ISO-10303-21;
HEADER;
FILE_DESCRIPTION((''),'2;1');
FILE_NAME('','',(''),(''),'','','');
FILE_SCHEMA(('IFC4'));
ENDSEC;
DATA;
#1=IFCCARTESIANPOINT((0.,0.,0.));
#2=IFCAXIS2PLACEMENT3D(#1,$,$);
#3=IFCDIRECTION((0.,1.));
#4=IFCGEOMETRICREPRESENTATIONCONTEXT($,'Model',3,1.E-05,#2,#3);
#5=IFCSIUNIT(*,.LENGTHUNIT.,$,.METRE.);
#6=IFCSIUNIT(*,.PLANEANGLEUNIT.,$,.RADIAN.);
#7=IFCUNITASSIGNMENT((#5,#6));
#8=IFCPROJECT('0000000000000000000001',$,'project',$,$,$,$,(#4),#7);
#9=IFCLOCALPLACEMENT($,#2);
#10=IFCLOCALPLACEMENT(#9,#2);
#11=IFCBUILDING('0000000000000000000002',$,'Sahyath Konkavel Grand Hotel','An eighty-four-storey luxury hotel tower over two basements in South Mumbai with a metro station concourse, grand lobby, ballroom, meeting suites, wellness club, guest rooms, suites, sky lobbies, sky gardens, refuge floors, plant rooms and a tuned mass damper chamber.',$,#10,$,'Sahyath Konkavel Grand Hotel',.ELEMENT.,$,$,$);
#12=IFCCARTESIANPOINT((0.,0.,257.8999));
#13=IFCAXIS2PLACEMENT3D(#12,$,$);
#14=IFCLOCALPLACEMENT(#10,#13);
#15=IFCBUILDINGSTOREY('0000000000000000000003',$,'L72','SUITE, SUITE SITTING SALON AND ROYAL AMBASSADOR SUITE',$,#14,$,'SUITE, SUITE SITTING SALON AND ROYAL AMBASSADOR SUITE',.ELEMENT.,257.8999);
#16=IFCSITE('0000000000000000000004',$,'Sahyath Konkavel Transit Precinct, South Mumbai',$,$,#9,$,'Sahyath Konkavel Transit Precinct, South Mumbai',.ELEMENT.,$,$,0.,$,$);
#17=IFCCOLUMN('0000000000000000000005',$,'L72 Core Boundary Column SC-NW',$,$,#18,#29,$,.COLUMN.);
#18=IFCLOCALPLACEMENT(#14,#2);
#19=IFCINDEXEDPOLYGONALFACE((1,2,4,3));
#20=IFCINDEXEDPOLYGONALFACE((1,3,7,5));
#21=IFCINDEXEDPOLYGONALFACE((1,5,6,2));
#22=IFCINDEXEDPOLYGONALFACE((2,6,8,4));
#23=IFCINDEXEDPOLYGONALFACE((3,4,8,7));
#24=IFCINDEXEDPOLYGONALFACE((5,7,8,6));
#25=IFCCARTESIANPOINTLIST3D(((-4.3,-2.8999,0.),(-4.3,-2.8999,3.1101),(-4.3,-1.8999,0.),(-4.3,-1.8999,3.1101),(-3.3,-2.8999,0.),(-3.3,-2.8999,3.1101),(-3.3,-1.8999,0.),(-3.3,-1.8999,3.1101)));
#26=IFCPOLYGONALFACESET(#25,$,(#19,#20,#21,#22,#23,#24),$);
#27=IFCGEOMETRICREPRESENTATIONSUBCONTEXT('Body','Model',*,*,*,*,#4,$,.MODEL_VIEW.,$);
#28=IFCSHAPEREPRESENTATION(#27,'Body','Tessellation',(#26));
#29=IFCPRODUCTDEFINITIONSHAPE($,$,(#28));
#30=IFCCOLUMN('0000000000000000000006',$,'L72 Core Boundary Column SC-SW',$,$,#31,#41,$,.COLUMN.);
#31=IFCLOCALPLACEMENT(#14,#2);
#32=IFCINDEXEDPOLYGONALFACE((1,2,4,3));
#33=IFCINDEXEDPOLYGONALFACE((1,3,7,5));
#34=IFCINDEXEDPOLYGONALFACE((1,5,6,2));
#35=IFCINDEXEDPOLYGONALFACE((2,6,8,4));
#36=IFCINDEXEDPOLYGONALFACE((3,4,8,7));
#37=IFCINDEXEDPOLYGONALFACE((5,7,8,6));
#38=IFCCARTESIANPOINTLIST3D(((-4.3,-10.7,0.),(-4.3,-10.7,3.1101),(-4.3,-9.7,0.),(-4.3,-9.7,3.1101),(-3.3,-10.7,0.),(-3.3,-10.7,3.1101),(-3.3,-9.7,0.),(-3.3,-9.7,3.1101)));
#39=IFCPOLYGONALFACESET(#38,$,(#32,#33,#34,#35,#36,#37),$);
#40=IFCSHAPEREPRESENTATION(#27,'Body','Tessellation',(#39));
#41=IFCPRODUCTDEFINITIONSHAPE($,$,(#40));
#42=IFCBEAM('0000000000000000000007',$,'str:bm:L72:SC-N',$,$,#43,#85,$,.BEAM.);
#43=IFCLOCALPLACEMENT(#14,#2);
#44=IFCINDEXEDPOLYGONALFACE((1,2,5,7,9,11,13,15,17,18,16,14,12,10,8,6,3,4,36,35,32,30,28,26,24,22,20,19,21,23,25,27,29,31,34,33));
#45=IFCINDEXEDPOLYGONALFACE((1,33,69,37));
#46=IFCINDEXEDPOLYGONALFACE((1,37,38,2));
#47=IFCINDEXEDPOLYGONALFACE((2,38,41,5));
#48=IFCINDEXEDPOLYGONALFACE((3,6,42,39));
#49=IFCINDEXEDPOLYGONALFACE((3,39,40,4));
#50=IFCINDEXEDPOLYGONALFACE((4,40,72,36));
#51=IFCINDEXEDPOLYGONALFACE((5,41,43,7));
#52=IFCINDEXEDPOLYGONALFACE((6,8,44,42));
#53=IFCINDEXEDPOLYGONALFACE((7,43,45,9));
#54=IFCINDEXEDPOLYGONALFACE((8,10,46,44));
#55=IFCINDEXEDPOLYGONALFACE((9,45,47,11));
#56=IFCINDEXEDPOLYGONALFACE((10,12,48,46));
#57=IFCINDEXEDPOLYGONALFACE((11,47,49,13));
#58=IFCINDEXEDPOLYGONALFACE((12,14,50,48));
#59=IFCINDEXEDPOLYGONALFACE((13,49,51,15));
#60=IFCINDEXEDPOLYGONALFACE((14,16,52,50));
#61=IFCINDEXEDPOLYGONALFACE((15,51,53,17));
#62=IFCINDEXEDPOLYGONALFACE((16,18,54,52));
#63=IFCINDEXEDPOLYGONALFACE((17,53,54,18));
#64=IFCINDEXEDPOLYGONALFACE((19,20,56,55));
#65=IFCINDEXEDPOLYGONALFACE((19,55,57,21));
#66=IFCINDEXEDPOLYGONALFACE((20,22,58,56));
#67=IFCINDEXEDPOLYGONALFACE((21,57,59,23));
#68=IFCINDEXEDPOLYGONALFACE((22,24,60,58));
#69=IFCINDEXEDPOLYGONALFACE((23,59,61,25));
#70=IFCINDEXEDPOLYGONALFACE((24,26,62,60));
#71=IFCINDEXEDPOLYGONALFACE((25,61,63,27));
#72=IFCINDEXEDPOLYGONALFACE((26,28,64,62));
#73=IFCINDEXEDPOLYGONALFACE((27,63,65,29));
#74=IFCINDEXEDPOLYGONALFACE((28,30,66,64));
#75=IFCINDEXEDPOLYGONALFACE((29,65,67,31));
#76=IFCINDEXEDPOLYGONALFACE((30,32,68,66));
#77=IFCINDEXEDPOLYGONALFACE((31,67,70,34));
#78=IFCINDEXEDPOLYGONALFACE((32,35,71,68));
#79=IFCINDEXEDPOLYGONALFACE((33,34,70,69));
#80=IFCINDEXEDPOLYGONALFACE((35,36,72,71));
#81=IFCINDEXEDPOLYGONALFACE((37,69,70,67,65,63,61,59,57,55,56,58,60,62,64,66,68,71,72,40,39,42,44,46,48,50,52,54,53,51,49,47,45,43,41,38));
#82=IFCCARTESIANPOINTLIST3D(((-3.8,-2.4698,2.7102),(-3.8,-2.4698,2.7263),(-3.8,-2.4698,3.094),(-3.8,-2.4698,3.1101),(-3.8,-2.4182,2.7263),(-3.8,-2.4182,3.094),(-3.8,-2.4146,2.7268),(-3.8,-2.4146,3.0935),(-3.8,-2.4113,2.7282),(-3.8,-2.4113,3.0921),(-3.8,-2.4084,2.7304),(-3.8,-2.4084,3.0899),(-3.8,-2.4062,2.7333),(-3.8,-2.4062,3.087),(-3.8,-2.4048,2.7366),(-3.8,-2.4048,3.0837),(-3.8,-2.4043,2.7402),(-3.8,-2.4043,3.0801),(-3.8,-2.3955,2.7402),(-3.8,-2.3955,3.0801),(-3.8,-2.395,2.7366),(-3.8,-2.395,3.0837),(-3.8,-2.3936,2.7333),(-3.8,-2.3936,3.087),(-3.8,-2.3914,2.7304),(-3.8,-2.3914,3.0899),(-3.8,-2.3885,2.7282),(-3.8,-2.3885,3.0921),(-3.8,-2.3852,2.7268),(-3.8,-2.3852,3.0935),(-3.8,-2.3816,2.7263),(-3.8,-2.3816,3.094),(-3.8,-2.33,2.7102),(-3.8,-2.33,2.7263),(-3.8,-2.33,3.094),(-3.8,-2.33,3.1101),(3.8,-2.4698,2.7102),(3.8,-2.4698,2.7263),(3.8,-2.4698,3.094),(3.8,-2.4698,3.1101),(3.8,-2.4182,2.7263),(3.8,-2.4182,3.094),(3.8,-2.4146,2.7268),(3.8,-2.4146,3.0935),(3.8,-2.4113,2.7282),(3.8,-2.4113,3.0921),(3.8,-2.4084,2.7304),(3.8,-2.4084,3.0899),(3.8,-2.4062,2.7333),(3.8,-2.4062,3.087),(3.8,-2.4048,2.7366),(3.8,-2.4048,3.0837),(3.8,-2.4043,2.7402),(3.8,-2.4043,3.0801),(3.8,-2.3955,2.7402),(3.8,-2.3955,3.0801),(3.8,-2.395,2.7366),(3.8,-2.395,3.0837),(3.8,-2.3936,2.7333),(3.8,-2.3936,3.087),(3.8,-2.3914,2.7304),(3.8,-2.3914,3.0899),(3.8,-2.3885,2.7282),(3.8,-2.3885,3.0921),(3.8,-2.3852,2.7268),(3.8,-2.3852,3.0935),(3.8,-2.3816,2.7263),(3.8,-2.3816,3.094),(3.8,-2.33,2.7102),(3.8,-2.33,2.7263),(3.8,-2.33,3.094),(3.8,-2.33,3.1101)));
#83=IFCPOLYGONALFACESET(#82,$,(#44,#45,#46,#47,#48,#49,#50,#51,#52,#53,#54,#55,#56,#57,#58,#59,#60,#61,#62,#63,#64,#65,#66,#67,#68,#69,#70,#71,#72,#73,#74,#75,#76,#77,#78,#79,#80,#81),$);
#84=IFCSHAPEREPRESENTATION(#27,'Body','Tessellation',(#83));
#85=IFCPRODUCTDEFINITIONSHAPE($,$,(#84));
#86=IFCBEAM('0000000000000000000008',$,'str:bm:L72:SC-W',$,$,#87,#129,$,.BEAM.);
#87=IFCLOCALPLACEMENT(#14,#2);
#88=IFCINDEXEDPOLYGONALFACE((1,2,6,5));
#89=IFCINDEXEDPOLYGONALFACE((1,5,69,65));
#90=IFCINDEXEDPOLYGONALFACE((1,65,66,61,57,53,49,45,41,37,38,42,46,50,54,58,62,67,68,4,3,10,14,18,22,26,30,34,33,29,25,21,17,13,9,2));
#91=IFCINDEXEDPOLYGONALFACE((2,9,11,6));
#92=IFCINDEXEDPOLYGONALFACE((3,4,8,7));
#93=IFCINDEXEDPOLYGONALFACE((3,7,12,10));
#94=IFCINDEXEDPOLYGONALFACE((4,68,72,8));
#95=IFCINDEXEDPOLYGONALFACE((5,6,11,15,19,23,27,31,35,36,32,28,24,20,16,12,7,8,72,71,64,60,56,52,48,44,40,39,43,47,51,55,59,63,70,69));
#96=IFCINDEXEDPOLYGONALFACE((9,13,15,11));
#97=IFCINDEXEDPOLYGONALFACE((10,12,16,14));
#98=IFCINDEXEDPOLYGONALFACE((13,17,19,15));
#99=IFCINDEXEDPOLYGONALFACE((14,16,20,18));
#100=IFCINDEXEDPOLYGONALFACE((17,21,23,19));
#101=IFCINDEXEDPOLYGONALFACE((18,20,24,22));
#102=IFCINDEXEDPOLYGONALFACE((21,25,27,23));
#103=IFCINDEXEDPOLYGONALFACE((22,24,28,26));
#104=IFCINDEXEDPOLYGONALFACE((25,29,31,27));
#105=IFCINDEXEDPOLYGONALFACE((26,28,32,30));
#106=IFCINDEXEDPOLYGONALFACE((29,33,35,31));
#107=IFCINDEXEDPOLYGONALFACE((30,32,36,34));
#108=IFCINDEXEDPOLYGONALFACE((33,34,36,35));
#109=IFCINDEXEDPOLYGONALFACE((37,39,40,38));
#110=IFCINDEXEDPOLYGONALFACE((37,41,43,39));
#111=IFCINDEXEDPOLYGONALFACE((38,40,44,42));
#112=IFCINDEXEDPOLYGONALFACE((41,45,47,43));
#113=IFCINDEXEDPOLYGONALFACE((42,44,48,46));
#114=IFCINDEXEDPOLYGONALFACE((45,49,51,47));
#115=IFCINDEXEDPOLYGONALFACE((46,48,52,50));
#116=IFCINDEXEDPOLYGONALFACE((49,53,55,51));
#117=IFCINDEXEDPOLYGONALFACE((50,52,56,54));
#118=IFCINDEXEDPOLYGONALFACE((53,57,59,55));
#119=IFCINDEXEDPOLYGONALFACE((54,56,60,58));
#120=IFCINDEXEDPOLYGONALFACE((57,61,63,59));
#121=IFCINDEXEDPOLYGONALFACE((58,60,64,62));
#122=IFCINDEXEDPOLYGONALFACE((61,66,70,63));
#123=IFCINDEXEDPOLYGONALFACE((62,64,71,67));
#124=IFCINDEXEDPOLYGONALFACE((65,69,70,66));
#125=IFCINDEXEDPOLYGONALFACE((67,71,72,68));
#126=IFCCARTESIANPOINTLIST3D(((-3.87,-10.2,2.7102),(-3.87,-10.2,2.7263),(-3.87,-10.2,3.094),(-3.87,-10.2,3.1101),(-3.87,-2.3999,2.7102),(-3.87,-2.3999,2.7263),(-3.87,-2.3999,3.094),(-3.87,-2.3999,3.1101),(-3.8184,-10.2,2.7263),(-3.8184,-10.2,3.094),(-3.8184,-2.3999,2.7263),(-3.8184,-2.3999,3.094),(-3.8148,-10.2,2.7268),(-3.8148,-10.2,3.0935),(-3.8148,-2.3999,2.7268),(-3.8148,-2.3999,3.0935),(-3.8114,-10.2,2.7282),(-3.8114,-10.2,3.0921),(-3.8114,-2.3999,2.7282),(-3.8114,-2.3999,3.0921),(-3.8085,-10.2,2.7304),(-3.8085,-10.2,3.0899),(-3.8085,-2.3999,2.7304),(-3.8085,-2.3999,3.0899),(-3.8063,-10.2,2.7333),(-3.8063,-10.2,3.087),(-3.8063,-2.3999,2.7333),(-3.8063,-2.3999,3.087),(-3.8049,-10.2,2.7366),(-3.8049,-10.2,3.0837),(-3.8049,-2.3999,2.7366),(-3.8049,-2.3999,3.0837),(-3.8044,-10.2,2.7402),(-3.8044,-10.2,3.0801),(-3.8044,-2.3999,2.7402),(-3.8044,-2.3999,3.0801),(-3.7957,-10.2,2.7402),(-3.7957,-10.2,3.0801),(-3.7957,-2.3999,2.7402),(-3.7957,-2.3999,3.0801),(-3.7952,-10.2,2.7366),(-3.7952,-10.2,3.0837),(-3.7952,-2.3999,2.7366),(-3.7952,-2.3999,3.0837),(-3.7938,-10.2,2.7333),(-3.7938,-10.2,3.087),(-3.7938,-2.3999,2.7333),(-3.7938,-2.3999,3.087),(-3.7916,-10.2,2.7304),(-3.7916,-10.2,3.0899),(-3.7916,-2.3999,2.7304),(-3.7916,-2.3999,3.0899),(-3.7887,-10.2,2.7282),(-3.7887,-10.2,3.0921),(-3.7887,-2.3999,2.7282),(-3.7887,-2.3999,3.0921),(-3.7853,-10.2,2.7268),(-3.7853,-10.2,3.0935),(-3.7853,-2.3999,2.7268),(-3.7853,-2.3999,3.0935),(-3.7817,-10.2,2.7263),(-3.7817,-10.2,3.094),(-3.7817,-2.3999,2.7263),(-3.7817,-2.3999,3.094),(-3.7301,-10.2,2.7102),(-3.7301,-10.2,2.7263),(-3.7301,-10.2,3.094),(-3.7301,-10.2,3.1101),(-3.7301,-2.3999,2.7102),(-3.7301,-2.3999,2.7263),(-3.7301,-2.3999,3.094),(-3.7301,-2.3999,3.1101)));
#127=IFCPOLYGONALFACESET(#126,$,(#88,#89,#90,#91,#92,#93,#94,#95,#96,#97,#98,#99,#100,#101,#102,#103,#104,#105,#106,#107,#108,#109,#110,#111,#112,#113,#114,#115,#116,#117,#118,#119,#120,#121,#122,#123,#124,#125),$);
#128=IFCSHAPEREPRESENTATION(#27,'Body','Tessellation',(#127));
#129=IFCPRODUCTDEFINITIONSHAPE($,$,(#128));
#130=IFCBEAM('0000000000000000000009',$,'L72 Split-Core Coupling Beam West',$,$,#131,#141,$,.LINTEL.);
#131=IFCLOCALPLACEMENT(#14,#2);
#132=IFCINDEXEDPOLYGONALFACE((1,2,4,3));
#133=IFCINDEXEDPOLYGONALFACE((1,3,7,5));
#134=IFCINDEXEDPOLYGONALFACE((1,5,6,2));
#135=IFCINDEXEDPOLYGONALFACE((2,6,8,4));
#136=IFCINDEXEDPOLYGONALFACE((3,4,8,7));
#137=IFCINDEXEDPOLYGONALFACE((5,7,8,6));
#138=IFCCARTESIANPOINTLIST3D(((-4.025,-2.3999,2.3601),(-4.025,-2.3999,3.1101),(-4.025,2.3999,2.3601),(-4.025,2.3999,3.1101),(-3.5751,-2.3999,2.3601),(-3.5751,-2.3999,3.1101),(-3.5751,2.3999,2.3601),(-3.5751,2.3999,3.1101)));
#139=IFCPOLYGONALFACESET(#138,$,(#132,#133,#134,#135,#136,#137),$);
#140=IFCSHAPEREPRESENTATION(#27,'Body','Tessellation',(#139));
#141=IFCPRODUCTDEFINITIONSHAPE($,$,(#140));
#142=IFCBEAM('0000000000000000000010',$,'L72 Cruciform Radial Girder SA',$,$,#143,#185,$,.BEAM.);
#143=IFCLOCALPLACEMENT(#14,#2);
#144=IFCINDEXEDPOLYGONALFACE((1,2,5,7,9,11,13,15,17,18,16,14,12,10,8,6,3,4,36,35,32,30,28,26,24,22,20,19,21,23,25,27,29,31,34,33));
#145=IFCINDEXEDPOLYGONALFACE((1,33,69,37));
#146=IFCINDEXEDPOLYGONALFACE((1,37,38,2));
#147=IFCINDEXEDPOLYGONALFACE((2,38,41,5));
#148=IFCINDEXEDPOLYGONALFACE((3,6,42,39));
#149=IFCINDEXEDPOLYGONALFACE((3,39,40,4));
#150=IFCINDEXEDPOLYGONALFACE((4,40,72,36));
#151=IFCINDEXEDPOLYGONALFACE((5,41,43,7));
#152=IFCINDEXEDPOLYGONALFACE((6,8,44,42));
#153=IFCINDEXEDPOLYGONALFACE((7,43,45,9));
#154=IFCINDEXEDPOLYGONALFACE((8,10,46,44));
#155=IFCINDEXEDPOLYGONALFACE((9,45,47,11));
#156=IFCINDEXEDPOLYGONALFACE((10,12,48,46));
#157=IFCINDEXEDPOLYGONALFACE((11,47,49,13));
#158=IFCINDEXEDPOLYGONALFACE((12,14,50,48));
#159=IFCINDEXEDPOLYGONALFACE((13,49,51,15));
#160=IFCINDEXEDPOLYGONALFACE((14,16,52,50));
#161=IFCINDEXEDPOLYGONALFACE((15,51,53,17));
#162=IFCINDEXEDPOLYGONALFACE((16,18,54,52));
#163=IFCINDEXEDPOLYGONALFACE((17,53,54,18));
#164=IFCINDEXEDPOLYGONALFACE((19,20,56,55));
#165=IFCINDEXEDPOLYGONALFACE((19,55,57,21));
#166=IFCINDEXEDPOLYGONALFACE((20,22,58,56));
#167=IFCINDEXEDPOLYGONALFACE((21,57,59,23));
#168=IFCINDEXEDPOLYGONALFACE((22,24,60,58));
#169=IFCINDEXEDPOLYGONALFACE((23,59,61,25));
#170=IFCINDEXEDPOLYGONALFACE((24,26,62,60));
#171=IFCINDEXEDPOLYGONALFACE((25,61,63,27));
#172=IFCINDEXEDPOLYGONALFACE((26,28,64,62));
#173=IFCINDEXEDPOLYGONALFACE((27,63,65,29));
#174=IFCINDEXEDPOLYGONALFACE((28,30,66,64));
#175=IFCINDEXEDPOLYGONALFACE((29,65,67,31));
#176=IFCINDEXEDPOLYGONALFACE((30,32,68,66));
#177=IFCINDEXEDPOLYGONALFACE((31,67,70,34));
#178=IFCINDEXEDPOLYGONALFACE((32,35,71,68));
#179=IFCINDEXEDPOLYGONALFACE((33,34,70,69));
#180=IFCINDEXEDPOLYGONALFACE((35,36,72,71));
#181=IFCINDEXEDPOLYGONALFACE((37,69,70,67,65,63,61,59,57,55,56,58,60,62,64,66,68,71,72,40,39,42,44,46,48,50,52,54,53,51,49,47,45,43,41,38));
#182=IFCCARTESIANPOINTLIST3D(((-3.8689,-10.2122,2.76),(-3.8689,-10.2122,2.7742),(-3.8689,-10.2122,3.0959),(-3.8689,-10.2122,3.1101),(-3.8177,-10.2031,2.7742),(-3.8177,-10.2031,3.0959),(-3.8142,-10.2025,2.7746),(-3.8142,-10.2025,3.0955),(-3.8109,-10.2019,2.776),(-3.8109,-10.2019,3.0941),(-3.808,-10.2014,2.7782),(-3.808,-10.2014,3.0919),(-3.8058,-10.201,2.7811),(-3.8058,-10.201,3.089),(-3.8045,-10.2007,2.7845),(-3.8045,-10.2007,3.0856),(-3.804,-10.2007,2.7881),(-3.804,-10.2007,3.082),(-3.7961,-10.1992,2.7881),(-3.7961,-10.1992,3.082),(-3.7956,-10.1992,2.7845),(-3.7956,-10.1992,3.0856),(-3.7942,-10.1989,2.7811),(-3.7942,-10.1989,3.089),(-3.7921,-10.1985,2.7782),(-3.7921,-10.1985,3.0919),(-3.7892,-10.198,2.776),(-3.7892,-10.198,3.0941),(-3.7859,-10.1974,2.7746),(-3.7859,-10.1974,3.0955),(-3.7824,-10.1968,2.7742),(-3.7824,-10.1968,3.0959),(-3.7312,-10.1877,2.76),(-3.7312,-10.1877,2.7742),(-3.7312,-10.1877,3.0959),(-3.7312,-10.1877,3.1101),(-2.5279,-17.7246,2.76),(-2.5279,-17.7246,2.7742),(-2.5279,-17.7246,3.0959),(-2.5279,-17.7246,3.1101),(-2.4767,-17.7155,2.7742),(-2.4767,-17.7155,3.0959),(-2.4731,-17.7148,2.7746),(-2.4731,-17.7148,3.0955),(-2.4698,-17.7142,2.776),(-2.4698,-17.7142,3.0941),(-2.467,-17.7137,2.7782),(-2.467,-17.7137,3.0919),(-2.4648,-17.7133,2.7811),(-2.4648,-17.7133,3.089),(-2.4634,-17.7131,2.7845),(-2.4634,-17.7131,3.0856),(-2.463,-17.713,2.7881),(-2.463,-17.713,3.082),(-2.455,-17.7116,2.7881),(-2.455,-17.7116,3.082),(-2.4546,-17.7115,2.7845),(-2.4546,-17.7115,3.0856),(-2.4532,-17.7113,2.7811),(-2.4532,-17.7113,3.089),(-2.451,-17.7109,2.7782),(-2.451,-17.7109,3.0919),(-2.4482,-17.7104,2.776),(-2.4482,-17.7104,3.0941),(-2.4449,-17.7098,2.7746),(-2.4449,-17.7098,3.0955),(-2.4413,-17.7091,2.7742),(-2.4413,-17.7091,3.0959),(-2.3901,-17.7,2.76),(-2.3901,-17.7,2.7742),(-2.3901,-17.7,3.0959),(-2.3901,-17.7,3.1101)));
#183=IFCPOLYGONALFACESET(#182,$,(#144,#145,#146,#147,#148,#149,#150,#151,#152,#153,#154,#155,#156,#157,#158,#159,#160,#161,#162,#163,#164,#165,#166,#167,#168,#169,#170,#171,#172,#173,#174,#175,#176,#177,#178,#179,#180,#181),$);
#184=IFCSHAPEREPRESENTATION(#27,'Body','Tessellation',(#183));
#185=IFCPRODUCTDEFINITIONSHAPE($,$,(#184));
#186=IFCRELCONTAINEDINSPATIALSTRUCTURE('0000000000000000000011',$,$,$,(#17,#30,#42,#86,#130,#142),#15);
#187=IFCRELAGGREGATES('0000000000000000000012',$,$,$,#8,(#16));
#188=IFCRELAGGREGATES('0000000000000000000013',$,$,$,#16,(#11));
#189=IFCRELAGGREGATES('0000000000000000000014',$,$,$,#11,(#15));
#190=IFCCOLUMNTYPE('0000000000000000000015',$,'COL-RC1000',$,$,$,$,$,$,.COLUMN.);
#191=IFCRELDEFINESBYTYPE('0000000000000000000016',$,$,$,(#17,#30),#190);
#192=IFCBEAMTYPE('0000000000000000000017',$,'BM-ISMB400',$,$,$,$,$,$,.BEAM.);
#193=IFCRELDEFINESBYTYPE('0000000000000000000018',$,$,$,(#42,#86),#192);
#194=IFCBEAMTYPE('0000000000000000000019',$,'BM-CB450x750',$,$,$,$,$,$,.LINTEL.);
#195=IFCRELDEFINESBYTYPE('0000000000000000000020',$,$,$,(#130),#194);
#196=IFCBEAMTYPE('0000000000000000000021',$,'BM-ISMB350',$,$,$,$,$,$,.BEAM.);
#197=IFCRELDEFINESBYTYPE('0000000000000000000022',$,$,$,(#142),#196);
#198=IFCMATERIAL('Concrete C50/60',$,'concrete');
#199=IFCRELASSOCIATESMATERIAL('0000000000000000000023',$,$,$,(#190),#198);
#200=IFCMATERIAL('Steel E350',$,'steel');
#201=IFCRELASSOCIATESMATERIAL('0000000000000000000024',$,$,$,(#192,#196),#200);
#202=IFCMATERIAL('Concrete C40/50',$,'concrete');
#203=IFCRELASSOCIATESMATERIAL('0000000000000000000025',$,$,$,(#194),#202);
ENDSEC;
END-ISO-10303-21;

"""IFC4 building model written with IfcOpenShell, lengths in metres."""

from ifc_helpers import new_model, si_unit, direction, frame, origin, origin_2d, place, context, subcontext, project, spatial, rectangle, i_section, extrude, source, transform, mapped, material, material_profile, profile_set, type_object, element, save


model = new_model("IFC4")

# Units and contexts
model_context = context("Model", 3, precision=1e-05, world=origin(), true_north=direction((0.0, 1.0)))
body_context = subcontext(model_context, "Body", "Model", "MODEL_VIEW")
ifc_project = project(units=[si_unit("LENGTHUNIT", "METRE"), si_unit("PLANEANGLEUNIT", "RADIAN")], contexts=[model_context])

# Site, building, storey
site_placement = place(None, origin())
site = spatial("IfcSite", under=ifc_project, at=site_placement, Name="Sahyath Konkavel Transit Precinct, South Mumbai", LongName="Sahyath Konkavel Transit Precinct, South Mumbai", CompositionType="ELEMENT", RefElevation=0.0)
building_placement = place(site_placement, origin())
building = spatial("IfcBuilding", under=site, at=building_placement, Name="Sahyath Konkavel Grand Hotel", Description="An eighty-four-storey luxury hotel tower over two basements in South Mumbai with a metro station concourse, grand lobby, ballroom, meeting suites, wellness club, guest rooms, suites, sky lobbies, sky gardens, refuge floors, plant rooms and a tuned mass damper chamber.", LongName="Sahyath Konkavel Grand Hotel", CompositionType="ELEMENT")
storey_placement = place(building_placement, frame((0.0, 0.0, 257.8999)))
storey = spatial("IfcBuildingStorey", under=building, at=storey_placement, Name="L72", Description="SUITE, SUITE SITTING SALON AND ROYAL AMBASSADOR SUITE", LongName="SUITE, SUITE SITTING SALON AND ROYAL AMBASSADOR SUITE", CompositionType="ELEMENT", Elevation=257.8999)

# Columns
ifc_material_1 = material(Name="Concrete C50/60", Category="concrete")
ifc_material_profile_1 = material_profile(ifc_material_1, rectangle(XDim=1.0, YDim=1.0, at=origin_2d()), Name="RC 1000x1000")
ifc_profile_set_1 = profile_set([ifc_material_profile_1], Name="Concrete C50/60")
column_type = type_object("IfcColumnType", Name="COL-RC1000", PredefinedType="COLUMN", material=ifc_profile_set_1)
shared_shape_1 = source(origin(), body_context, "Body", "SweptSolid", [
    extrude(rectangle(XDim=1.0, YDim=1.0, at=origin_2d()), origin(), (0.0, 0.0, 1.0), 3.1101),
])
for number, where, z_axis, x_axis, name in (
    (1, (-3.8, -2.3999, 0.0), (0.0, 0.0, 1.0), (1.0, 0.0, 0.0), "L72 Core Boundary Column SC-NW"),
    (2, (-3.8, -10.2, 0.0), (0.0, 0.0, 1.0), (1.0, 0.0, 0.0), "L72 Core Boundary Column SC-SW"),
):
    element("IfcColumn", number, at=place(storey_placement, frame(where, z_axis=z_axis, x_axis=x_axis)), inside=storey, type_object=column_type, Name=name, PredefinedType="COLUMN", context=body_context, shape_type="MappedRepresentation", body=[
        mapped(shared_shape_1, transform((0.0, 0.0, 0.0), scale=1.0)),
    ])

# Beams
ifc_material_2 = material(Name="Steel E350", Category="steel")
ifc_material_profile_2 = material_profile(ifc_material_2, i_section(OverallWidth=0.1399, OverallDepth=0.3999, WebThickness=0.0088, FlangeThickness=0.0161, FilletRadius=0.0139, at=origin_2d()), Name="ISMB 400")
ifc_profile_set_2 = profile_set([ifc_material_profile_2], Name="Steel E350")
beam_type_1 = type_object("IfcBeamType", Name="BM-ISMB400", PredefinedType="BEAM", material=ifc_profile_set_2)
shared_shape_2 = source(origin(), body_context, "Body", "SweptSolid", [
    extrude(i_section(OverallWidth=0.1399, OverallDepth=0.3999, WebThickness=0.0088, FlangeThickness=0.0161, FilletRadius=0.0139, at=origin_2d()), origin(), (0.0, 0.0, 1.0), 7.6001),
])
beam_1_placement = place(storey_placement, frame((-3.8, -2.3999, 2.9102), z_axis=(1.0, 0.0, 0.0), x_axis=(0.0, 1.0, 0.0)))
element("IfcBeam", 3, at=beam_1_placement, inside=storey, type_object=beam_type_1, Name="str:bm:L72:SC-N", PredefinedType="BEAM", context=body_context, shape_type="MappedRepresentation", body=[
    mapped(shared_shape_2, transform((0.0, 0.0, 0.0), scale=1.0)),
])
shared_shape_3 = source(origin(), body_context, "Body", "SweptSolid", [
    extrude(i_section(OverallWidth=0.1399, OverallDepth=0.3999, WebThickness=0.0088, FlangeThickness=0.0161, FilletRadius=0.0139, at=origin_2d()), origin(), (0.0, 0.0, 1.0), 7.8),
])
beam_2_placement = place(storey_placement, frame((-3.8, -10.2, 2.9102), z_axis=(0.0, 1.0, 0.0), x_axis=(-1.0, 0.0, 0.0)))
element("IfcBeam", 4, at=beam_2_placement, inside=storey, type_object=beam_type_1, Name="str:bm:L72:SC-W", PredefinedType="BEAM", context=body_context, shape_type="MappedRepresentation", body=[
    mapped(shared_shape_3, transform((0.0, 0.0, 0.0), scale=1.0)),
])
ifc_material_3 = material(Name="Concrete C40/50", Category="concrete")
ifc_material_profile_3 = material_profile(ifc_material_3, rectangle(XDim=0.45, YDim=0.75, at=origin_2d()), Name="RC 450x750")
ifc_profile_set_3 = profile_set([ifc_material_profile_3], Name="Concrete C40/50")
beam_type_2 = type_object("IfcBeamType", Name="BM-CB450x750", PredefinedType="LINTEL", material=ifc_profile_set_3)
shared_shape_4 = source(origin(), body_context, "Body", "SweptSolid", [
    extrude(rectangle(XDim=0.45, YDim=0.75, at=origin_2d()), origin(), (0.0, 0.0, 1.0), 4.7998),
])
beam_3_placement = place(storey_placement, frame((-3.8, -2.3999, 2.7351), z_axis=(0.0, 1.0, 0.0), x_axis=(-1.0, 0.0, 0.0)))
element("IfcBeam", 5, at=beam_3_placement, inside=storey, type_object=beam_type_2, Name="L72 Split-Core Coupling Beam West", PredefinedType="LINTEL", context=body_context, shape_type="MappedRepresentation", body=[
    mapped(shared_shape_4, transform((0.0, 0.0, 0.0), scale=1.0)),
])
ifc_material_profile_4 = material_profile(ifc_material_2, i_section(OverallWidth=0.1399, OverallDepth=0.3501, WebThickness=0.0081, FlangeThickness=0.0142, FilletRadius=0.0139, at=origin_2d()), Name="ISMB 350")
ifc_profile_set_4 = profile_set([ifc_material_profile_4], Name="Steel E350")
beam_type_3 = type_object("IfcBeamType", Name="BM-ISMB350", PredefinedType="BEAM", material=ifc_profile_set_4)
shared_shape_5 = source(origin(), body_context, "Body", "SweptSolid", [
    extrude(i_section(OverallWidth=0.1399, OverallDepth=0.3501, WebThickness=0.0081, FlangeThickness=0.0142, FilletRadius=0.0139, at=origin_2d()), origin(), (0.0, 0.0, 1.0), 7.6311),
])
beam_4_placement = place(storey_placement, frame((-3.8, -10.2, 2.9351), z_axis=(0.175734, -0.984438, 0.0), x_axis=(0.984438, 0.175734, 0.0)))
element("IfcBeam", 6, at=beam_4_placement, inside=storey, type_object=beam_type_3, Name="L72 Cruciform Radial Girder SA", PredefinedType="BEAM", context=body_context, shape_type="MappedRepresentation", body=[
    mapped(shared_shape_5, transform((0.0, 0.0, 0.0), scale=1.0)),
])

save(model, "model.ifc")
